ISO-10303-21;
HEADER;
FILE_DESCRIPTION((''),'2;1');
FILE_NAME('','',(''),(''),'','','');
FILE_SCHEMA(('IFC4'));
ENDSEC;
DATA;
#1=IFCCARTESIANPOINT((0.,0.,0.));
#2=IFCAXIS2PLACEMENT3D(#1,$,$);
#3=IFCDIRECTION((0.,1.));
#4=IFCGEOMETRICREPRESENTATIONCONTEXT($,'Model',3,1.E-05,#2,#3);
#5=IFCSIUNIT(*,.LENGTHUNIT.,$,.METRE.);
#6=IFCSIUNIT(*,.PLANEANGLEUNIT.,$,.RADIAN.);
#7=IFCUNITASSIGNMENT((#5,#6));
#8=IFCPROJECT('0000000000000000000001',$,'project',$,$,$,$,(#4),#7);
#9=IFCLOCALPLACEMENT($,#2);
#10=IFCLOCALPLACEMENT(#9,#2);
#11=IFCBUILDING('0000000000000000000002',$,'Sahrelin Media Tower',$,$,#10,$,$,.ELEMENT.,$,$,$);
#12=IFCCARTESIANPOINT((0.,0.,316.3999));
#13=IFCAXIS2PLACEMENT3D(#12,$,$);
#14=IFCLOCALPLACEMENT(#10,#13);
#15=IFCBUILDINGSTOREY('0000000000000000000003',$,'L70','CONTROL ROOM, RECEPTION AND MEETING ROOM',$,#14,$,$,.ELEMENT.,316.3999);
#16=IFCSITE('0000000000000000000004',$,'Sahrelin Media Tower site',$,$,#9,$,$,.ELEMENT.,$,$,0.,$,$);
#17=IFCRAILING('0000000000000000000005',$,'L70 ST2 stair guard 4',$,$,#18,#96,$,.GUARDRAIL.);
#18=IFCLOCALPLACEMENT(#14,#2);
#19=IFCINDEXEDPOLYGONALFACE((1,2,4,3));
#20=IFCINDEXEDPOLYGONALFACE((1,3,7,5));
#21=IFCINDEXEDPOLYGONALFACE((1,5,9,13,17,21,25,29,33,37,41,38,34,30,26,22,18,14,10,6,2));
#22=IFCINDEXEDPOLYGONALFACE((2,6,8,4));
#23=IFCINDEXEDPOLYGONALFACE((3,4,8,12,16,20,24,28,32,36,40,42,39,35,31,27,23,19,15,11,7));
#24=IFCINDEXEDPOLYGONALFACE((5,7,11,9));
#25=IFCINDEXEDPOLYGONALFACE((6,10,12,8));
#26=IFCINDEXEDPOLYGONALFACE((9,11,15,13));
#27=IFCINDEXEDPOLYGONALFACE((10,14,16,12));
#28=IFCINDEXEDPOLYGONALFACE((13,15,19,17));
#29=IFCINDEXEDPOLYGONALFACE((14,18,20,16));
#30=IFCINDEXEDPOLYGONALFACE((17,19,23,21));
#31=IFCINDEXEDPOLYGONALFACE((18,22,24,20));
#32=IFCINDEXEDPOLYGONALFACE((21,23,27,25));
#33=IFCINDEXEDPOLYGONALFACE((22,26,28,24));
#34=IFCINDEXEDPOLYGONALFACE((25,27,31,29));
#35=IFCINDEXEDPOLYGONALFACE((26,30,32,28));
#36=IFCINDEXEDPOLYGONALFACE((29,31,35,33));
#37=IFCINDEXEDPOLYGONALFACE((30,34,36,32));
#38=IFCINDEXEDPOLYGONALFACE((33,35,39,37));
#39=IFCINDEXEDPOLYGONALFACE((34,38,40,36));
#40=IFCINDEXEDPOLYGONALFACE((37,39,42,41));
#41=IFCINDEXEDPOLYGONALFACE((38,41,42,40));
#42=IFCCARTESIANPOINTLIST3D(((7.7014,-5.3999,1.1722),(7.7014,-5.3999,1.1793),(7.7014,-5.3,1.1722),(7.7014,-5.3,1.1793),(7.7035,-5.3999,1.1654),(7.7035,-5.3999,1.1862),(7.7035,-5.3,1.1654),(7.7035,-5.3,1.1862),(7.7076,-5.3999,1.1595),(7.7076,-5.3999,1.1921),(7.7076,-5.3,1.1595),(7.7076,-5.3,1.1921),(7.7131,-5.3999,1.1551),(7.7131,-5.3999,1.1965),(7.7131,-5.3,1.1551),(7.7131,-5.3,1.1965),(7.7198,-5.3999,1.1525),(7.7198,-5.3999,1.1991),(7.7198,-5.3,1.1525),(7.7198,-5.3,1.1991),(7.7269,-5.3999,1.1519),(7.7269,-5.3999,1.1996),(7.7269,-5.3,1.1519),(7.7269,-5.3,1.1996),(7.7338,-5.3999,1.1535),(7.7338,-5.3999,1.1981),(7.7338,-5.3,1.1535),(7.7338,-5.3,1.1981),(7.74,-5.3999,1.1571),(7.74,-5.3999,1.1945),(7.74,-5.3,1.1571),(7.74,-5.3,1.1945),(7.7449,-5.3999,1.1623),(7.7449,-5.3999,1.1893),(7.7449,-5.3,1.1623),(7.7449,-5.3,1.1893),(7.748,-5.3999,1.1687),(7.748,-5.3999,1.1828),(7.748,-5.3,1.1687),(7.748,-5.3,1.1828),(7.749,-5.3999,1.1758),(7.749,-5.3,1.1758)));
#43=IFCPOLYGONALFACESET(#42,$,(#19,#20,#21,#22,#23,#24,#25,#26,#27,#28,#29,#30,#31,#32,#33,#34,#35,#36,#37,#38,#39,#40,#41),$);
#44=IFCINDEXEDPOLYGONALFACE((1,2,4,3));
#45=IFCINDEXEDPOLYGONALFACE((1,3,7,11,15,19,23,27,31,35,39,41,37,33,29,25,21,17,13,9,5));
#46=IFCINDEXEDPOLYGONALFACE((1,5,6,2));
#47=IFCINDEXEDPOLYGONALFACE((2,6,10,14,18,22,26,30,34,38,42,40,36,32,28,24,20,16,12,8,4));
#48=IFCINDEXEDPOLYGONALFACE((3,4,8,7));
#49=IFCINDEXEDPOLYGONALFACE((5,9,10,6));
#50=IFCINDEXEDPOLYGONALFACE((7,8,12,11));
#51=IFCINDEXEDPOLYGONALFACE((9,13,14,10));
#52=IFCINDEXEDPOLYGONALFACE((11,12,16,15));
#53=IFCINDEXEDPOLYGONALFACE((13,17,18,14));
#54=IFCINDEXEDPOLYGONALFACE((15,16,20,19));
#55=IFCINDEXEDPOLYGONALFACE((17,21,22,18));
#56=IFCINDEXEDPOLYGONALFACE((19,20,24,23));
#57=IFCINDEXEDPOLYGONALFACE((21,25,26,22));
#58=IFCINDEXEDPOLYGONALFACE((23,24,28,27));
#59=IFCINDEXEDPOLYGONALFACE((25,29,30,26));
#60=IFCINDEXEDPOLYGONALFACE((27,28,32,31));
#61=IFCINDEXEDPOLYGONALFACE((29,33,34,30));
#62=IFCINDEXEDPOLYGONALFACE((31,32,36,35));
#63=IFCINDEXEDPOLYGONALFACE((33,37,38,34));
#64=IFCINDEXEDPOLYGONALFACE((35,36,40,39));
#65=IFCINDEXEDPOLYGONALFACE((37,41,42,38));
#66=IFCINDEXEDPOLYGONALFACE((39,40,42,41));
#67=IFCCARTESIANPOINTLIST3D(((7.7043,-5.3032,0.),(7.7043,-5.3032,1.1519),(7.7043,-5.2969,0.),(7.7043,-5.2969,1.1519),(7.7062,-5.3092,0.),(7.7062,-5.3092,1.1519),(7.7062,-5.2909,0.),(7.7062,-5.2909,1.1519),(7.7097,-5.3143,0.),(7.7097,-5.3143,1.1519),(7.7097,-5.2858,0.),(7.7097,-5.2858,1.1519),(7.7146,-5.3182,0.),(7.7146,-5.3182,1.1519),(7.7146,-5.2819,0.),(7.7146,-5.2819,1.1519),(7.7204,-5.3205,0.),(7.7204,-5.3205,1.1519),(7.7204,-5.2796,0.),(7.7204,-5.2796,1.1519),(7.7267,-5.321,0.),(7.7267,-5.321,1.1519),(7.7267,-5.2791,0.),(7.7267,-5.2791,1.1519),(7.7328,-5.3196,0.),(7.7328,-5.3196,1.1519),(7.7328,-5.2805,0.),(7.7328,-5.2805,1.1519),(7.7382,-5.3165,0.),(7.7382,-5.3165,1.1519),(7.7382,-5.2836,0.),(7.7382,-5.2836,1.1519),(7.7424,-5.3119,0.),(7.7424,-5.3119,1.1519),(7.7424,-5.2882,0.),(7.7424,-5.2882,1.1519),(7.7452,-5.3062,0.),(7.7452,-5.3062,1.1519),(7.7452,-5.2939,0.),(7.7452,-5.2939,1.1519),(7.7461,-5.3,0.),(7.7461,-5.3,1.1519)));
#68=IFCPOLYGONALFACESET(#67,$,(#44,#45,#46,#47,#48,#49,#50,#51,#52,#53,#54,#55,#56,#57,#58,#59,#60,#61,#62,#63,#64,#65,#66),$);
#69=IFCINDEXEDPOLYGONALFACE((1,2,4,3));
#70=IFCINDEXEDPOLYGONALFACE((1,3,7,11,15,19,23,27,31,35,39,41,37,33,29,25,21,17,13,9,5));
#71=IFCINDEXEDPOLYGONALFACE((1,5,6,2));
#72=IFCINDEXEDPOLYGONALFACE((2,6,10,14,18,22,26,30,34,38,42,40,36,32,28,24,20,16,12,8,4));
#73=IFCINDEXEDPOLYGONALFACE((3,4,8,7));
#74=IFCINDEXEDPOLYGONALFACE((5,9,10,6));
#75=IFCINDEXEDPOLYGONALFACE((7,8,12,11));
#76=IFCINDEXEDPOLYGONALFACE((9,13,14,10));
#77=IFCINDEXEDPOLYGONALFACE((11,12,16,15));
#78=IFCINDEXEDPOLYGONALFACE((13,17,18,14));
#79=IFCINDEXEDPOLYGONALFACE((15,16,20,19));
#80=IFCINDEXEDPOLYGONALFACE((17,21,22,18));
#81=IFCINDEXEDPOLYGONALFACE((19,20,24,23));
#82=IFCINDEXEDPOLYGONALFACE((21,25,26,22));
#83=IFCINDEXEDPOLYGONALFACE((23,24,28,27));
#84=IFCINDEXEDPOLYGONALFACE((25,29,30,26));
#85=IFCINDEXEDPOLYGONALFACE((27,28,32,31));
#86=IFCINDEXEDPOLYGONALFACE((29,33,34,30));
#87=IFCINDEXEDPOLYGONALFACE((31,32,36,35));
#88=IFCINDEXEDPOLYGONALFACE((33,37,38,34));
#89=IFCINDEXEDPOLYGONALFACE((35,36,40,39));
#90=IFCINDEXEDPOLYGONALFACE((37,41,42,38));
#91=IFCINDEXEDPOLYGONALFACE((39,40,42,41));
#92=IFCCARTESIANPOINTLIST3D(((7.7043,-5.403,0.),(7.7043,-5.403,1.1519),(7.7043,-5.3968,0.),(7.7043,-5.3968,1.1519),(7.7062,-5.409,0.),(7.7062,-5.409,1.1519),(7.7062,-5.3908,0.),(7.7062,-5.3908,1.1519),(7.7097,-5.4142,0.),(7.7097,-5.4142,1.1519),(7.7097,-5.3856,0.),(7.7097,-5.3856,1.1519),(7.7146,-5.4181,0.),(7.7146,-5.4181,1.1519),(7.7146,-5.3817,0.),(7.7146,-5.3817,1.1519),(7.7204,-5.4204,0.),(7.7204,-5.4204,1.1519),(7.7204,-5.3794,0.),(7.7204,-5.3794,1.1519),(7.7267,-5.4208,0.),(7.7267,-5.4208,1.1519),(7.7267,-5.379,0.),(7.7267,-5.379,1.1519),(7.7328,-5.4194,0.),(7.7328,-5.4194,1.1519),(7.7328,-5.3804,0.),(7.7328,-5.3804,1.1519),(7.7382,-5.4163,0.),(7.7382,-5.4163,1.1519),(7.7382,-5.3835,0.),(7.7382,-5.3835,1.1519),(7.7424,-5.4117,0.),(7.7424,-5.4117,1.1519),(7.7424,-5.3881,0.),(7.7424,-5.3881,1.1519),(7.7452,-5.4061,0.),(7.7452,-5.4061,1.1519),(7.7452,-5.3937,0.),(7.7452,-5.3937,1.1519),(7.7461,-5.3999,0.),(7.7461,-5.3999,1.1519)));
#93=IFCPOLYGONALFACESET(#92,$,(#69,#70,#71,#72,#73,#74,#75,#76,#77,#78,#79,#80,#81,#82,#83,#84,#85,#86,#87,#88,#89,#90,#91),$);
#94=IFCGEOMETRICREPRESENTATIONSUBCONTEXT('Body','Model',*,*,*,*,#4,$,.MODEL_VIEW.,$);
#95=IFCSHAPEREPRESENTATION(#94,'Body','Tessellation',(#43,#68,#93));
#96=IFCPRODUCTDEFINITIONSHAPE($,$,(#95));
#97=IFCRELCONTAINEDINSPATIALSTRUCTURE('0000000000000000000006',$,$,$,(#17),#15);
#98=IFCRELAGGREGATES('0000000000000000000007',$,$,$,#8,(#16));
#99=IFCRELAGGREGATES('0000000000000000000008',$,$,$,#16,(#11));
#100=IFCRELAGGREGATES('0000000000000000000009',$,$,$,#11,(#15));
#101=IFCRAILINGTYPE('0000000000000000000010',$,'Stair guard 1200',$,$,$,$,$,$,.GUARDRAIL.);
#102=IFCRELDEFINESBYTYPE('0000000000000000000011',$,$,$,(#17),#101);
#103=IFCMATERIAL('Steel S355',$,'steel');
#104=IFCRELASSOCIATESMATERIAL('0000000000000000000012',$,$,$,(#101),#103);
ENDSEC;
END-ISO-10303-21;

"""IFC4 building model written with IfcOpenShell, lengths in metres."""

from ifc_helpers import new_model, si_unit, direction, frame, origin, origin_2d, place, context, subcontext, project, spatial, circle, extrude, material, type_object, element, save


model = new_model("IFC4")

# Units and contexts
model_context = context("Model", 3, precision=1e-05, world=origin(), true_north=direction((0.0, 1.0)))
body_context = subcontext(model_context, "Body", "Model", "MODEL_VIEW")
ifc_project = project(units=[si_unit("LENGTHUNIT", "METRE"), si_unit("PLANEANGLEUNIT", "RADIAN")], contexts=[model_context])

# Site, building, storey
site_placement = place(None, origin())
site = spatial("IfcSite", under=ifc_project, at=site_placement, Name="Sahrelin Media Tower site", CompositionType="ELEMENT", RefElevation=0.0)
building_placement = place(site_placement, origin())
building = spatial("IfcBuilding", under=site, at=building_placement, Name="Sahrelin Media Tower", CompositionType="ELEMENT")
storey_placement = place(building_placement, frame((0.0, 0.0, 316.3999)))
storey = spatial("IfcBuildingStorey", under=building, at=storey_placement, Name="L70", Description="CONTROL ROOM, RECEPTION AND MEETING ROOM", CompositionType="ELEMENT", Elevation=316.3999)

# Shared definitions
ifc_material_1 = material(Name="Steel S355", Category="steel")

# Railing
railing_type_1 = type_object("IfcRailingType", Name="Stair guard 1200", PredefinedType="GUARDRAIL", material=ifc_material_1)
railing_1_placement = place(storey_placement, frame((7.7251, -5.3, 0.0)))
element("IfcRailing", 1, at=railing_1_placement, inside=storey, type_object=railing_type_1, Name="L70 ST2 stair guard 4", PredefinedType="GUARDRAIL", context=body_context, shape_type="SweptSolid", body=[
    extrude(circle(Radius=0.0239, at=origin_2d()), frame((0.0, 0.0, 1.1758), z_axis=(0.0, -1.0, 0.0), x_axis=(1.0, 0.0, 0.0)), (0.0, 0.0, 1.0), 0.0999),
    extrude(circle(Radius=0.021, at=origin_2d()), origin(), (0.0, 0.0, 1.0), 1.1519),
    extrude(circle(Radius=0.021, at=origin_2d()), frame((0.0, -0.0999, 0.0)), (0.0, 0.0, 1.0), 1.1519),
])

save(model, "model.ifc")
